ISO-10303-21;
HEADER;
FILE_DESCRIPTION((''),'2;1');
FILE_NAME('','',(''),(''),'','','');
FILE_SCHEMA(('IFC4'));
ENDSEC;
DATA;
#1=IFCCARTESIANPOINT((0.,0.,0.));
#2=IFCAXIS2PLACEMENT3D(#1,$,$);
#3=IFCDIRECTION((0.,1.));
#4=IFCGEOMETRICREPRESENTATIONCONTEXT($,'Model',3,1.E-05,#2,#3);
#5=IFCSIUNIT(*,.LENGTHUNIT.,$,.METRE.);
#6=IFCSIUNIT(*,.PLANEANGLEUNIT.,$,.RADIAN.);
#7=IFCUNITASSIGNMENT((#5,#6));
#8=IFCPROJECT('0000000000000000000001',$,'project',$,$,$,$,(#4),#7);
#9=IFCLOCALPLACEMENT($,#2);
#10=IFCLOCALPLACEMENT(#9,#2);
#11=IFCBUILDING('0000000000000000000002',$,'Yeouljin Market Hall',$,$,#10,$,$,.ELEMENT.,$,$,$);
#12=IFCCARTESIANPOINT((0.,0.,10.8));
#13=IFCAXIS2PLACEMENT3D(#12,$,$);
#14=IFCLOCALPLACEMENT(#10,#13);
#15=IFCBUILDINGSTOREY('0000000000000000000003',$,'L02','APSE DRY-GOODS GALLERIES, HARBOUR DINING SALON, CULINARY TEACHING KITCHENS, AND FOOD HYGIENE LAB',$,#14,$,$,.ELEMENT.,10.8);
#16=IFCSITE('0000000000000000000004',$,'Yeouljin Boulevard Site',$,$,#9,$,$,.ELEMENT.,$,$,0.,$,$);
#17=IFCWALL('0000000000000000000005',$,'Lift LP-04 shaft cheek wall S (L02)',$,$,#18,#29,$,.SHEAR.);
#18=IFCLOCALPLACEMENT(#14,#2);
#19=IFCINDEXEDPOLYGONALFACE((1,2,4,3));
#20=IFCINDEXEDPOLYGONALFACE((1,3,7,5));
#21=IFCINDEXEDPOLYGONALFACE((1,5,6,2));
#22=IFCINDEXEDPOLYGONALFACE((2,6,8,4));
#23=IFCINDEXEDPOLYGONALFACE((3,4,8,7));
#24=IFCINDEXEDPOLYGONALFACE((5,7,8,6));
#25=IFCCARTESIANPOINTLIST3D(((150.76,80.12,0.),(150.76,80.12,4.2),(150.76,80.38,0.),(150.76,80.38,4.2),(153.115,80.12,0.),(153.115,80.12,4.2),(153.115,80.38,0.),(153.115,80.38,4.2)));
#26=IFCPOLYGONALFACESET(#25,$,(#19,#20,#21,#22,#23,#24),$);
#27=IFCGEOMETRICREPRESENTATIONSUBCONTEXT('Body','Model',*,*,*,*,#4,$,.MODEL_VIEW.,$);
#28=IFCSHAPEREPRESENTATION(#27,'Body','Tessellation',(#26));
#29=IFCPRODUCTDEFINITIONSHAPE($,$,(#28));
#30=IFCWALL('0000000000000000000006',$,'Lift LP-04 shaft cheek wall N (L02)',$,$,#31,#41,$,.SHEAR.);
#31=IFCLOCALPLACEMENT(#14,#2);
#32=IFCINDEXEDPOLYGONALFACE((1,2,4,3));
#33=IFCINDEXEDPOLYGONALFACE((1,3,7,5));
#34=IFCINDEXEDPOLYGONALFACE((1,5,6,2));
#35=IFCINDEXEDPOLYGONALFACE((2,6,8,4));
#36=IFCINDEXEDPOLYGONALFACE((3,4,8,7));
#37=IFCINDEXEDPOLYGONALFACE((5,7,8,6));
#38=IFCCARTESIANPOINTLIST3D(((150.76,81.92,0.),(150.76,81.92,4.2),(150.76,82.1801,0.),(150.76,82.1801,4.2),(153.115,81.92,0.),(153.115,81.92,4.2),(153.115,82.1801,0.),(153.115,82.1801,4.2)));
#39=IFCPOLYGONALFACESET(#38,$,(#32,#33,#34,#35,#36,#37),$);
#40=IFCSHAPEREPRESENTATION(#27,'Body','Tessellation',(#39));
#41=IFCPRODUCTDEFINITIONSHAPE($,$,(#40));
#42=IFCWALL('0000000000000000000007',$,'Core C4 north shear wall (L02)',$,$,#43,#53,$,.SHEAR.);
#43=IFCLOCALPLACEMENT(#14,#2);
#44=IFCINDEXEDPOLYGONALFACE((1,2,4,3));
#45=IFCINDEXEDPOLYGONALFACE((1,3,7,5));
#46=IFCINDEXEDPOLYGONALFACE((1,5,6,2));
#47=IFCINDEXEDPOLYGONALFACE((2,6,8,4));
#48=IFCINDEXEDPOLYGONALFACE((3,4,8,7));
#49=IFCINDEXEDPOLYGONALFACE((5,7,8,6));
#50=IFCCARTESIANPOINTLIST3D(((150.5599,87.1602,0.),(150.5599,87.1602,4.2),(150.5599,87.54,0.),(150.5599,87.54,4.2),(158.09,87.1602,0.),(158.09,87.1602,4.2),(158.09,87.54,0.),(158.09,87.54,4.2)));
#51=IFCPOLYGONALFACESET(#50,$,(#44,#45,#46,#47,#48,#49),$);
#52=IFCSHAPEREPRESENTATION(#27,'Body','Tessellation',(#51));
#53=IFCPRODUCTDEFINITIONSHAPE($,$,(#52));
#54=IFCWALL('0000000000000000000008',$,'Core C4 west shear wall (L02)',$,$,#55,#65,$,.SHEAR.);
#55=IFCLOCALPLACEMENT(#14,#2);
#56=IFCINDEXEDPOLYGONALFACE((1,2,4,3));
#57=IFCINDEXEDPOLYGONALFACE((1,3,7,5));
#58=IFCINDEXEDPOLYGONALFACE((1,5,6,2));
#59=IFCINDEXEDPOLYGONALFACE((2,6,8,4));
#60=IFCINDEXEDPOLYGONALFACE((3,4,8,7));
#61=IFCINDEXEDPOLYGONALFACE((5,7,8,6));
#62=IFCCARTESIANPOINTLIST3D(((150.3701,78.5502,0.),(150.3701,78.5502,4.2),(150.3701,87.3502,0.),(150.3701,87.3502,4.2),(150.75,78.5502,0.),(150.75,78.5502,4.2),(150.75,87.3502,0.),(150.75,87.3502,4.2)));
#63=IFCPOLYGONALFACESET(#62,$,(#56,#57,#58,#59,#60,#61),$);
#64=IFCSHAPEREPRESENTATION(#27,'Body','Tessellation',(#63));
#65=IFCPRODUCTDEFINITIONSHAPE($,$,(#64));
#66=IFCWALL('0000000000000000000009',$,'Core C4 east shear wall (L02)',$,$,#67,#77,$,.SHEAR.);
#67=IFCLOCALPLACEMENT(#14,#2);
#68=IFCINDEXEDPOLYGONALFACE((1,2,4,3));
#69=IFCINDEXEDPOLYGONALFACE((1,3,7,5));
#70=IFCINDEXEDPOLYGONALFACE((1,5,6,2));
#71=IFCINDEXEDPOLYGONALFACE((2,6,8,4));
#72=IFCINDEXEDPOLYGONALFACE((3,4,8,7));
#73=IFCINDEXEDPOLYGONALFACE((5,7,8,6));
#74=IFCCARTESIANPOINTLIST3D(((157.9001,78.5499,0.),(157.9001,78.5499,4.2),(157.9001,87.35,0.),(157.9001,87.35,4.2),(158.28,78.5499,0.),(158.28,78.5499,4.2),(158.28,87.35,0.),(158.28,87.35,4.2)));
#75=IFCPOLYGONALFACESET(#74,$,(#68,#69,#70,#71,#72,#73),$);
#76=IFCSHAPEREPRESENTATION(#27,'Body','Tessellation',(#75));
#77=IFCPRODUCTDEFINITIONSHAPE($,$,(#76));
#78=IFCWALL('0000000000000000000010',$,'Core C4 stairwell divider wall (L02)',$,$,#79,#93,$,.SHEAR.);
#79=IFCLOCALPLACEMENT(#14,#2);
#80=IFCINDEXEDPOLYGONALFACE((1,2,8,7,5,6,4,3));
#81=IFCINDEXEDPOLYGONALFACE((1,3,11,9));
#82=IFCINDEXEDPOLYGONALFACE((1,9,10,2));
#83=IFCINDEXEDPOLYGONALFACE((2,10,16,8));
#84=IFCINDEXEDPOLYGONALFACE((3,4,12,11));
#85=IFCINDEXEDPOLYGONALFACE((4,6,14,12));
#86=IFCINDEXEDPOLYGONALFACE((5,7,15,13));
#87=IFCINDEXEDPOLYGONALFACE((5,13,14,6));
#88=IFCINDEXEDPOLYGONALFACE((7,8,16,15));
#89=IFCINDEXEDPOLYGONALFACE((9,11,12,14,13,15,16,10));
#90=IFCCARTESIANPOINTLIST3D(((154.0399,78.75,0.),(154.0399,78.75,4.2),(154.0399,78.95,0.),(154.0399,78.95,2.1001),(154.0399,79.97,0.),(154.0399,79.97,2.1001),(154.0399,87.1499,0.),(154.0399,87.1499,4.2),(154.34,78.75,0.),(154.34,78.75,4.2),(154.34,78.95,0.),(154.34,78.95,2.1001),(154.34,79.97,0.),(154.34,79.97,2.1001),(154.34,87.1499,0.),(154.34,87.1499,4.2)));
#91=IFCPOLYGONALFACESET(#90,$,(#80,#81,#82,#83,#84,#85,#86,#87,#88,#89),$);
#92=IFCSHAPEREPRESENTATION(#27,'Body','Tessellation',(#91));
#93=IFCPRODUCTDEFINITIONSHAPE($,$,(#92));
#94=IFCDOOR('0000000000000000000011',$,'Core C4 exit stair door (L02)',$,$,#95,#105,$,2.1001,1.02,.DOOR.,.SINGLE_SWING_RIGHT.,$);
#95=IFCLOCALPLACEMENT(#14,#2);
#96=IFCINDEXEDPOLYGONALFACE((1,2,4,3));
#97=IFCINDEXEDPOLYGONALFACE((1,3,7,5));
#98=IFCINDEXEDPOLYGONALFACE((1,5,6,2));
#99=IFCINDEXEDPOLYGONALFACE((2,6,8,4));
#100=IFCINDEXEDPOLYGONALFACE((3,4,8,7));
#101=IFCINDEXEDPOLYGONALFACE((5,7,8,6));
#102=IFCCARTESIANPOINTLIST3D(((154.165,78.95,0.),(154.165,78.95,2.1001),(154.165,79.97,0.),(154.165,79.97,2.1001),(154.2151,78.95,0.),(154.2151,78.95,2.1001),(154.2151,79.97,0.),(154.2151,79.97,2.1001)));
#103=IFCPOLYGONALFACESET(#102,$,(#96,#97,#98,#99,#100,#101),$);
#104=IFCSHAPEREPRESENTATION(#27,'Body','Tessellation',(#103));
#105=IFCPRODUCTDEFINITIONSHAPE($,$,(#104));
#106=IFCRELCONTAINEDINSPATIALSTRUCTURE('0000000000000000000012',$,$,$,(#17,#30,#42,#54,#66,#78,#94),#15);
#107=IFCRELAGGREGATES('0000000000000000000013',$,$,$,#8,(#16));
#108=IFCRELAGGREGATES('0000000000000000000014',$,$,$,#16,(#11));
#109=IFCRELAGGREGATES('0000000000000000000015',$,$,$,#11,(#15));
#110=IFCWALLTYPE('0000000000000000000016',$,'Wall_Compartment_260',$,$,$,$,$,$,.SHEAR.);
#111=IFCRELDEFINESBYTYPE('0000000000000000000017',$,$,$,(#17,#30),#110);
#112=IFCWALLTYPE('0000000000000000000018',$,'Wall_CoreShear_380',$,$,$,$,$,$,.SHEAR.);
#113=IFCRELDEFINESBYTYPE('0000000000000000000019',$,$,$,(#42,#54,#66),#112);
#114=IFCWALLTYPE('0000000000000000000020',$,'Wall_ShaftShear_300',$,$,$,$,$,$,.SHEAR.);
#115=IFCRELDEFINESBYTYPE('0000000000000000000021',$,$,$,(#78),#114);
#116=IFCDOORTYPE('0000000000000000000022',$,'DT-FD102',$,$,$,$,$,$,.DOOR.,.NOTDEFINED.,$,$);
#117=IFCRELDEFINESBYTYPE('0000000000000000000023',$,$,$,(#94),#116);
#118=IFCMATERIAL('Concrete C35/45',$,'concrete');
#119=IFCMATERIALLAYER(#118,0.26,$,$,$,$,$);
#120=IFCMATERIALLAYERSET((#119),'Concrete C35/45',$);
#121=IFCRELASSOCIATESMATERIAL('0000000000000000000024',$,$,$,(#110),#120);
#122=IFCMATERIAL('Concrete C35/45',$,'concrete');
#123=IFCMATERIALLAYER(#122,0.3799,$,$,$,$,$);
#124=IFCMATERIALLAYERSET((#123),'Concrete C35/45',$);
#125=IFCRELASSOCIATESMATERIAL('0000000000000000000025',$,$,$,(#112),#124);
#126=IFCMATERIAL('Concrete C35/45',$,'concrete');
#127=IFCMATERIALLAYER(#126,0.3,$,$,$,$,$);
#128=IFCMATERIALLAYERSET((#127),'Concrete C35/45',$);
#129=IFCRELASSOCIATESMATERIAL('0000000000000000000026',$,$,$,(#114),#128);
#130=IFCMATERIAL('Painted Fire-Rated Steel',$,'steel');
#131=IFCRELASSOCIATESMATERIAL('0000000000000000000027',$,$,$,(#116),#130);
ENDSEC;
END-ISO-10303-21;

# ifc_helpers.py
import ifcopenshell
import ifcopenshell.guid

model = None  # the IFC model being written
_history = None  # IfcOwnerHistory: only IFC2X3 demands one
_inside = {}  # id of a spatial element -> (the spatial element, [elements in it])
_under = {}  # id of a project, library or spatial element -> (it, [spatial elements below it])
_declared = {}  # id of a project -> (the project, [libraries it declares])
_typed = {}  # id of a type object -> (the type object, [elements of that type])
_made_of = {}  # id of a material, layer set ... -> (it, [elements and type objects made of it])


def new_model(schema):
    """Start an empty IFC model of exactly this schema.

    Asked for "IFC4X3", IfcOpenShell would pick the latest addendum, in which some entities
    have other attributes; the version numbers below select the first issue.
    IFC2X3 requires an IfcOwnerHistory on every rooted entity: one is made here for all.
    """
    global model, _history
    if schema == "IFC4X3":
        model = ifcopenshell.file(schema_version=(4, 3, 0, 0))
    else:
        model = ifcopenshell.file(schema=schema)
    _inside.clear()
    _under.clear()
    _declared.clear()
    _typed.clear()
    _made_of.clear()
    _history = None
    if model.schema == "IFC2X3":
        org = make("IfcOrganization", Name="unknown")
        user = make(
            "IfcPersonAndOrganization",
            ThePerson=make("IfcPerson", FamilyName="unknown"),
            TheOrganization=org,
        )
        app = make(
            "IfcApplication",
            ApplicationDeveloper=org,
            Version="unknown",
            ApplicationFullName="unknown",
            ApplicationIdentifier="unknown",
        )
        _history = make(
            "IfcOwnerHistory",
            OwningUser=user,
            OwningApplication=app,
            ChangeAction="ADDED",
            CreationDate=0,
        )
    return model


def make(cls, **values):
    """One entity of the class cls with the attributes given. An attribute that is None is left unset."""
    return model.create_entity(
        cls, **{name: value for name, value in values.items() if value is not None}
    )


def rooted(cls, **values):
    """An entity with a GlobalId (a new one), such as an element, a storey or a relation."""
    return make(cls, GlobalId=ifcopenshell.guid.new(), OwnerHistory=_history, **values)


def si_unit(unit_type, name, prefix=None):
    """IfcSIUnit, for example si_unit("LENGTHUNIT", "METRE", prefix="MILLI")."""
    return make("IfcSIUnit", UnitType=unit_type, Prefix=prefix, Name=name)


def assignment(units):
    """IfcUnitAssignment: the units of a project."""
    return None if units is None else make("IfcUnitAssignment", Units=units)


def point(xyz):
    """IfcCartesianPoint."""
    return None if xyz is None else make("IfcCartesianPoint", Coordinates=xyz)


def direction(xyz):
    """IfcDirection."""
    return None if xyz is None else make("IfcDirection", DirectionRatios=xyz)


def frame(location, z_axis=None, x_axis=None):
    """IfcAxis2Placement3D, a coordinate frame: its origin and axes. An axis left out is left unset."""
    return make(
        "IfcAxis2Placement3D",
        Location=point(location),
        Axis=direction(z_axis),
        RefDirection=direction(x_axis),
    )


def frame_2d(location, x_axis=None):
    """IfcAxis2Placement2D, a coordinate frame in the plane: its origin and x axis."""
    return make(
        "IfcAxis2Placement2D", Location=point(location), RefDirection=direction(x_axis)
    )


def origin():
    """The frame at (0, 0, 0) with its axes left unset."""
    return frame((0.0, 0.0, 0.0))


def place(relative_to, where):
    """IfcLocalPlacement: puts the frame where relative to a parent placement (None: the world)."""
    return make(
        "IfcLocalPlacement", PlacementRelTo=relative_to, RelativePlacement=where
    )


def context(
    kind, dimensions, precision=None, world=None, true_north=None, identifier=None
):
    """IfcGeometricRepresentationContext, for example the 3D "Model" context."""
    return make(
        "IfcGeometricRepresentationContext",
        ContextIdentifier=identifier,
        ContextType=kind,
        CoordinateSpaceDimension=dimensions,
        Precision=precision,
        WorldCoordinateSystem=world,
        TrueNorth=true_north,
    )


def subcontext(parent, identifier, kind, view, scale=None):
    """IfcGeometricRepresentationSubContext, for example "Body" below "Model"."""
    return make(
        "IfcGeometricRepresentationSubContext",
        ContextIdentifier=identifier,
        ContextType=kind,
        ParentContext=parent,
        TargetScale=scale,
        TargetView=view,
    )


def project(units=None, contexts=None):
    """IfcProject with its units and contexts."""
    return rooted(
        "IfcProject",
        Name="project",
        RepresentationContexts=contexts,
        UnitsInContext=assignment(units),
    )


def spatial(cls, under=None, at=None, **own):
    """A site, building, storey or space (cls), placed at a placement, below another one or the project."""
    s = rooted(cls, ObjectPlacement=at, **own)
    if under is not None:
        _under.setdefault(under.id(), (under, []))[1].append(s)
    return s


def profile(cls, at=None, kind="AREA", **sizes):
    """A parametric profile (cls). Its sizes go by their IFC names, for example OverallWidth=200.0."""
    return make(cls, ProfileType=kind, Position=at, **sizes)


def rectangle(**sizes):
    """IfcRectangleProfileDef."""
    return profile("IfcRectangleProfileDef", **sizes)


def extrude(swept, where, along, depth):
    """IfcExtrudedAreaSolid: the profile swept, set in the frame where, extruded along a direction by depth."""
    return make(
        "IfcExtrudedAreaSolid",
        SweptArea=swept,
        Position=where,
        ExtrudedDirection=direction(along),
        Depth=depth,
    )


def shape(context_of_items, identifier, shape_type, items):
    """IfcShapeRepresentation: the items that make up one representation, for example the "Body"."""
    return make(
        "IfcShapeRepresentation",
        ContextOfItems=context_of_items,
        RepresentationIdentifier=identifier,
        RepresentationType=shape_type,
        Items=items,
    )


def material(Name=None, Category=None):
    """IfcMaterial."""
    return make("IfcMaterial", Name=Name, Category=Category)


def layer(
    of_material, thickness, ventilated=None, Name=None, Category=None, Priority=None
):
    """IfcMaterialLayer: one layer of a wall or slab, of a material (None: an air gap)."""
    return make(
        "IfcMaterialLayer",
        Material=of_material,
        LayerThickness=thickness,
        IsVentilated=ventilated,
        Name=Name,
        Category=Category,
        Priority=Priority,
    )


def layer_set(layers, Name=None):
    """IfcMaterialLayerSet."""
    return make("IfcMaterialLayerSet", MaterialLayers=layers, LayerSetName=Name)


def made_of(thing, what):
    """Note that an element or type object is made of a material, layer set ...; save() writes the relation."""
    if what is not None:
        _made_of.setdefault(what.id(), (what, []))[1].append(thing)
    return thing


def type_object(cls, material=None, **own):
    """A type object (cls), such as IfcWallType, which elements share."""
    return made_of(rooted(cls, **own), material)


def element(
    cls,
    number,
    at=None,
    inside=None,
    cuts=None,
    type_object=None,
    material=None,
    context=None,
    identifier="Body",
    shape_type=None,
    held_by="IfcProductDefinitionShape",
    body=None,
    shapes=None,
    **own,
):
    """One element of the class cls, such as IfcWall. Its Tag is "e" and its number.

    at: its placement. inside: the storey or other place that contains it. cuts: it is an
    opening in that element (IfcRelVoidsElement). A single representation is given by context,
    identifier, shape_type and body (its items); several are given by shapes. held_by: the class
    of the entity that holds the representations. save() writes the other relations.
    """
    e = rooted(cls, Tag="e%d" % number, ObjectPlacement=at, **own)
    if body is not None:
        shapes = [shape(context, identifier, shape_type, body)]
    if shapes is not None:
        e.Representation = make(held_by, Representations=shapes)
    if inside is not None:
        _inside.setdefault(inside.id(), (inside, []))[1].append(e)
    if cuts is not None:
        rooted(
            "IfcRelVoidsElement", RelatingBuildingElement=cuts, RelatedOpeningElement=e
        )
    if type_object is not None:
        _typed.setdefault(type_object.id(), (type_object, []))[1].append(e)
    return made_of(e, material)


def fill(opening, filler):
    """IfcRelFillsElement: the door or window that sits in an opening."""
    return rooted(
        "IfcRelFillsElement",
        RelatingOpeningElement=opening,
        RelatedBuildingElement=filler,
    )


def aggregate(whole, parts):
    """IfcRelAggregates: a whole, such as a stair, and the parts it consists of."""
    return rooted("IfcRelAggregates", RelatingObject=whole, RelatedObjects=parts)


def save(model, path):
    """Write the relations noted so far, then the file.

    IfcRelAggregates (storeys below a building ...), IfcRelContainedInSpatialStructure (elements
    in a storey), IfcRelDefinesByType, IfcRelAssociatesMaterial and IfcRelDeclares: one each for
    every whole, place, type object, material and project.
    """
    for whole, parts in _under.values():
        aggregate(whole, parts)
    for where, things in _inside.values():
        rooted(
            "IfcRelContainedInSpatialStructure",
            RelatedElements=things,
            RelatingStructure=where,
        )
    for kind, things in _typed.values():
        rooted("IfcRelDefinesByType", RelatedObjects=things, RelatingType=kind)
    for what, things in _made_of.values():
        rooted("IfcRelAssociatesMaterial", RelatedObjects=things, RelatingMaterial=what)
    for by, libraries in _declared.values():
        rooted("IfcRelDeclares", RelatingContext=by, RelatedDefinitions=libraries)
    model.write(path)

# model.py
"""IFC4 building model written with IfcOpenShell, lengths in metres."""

from ifc_helpers import new_model, si_unit, direction, frame, frame_2d, origin, place, context, subcontext, project, spatial, rectangle, extrude, material, layer, layer_set, type_object, element, fill, save


model = new_model("IFC4")

# Units and contexts
model_context = context("Model", 3, precision=1e-05, world=origin(), true_north=direction((0.0, 1.0)))
body_context = subcontext(model_context, "Body", "Model", "MODEL_VIEW")
ifc_project = project(units=[si_unit("LENGTHUNIT", "METRE"), si_unit("PLANEANGLEUNIT", "RADIAN")], contexts=[model_context])

# Site, building, storey
site_placement = place(None, origin())
site = spatial("IfcSite", under=ifc_project, at=site_placement, Name="Yeouljin Boulevard Site", CompositionType="ELEMENT", RefElevation=0.0)
building_placement = place(site_placement, origin())
building = spatial("IfcBuilding", under=site, at=building_placement, Name="Yeouljin Market Hall", CompositionType="ELEMENT")
storey_placement = place(building_placement, frame((0.0, 0.0, 10.8)))
storey = spatial("IfcBuildingStorey", under=building, at=storey_placement, Name="L02", Description="APSE DRY-GOODS GALLERIES, HARBOUR DINING SALON, CULINARY TEACHING KITCHENS, AND FOOD HYGIENE LAB", CompositionType="ELEMENT", Elevation=10.8)

# Shared definitions
ifc_material_1 = material(Name="Concrete C35/45", Category="concrete")
ifc_layer_1 = layer(ifc_material_1, 0.26)
ifc_layer_set_1 = layer_set([ifc_layer_1], Name="Concrete C35/45")
wall_type_1 = type_object("IfcWallType", Name="Wall_Compartment_260", PredefinedType="SHEAR", material=ifc_layer_set_1)

# Walls
for number, where, z_axis, x_axis, name in (
    (1, (150.76, 80.25, 0.0), (0.0, 0.0, 1.0), (1.0, 0.0, 0.0), "Lift LP-04 shaft cheek wall S (L02)"),
    (2, (150.76, 82.05, 0.0), (0.0, 0.0, 1.0), (1.0, 0.0, 0.0), "Lift LP-04 shaft cheek wall N (L02)"),
):
    element("IfcWall", number, at=place(storey_placement, frame(where, z_axis=z_axis, x_axis=x_axis)), inside=storey, type_object=wall_type_1, Name=name, PredefinedType="SHEAR", context=body_context, shape_type="SweptSolid", body=[
        extrude(rectangle(XDim=2.355, YDim=0.26, at=frame_2d((1.1775, 0.0))), origin(), (0.0, 0.0, 1.0), 4.2),
    ])

# Shared definitions
ifc_material_2 = material(Name="Concrete C35/45", Category="concrete")
ifc_layer_2 = layer(ifc_material_2, 0.3799)
ifc_layer_set_2 = layer_set([ifc_layer_2], Name="Concrete C35/45")
wall_type_2 = type_object("IfcWallType", Name="Wall_CoreShear_380", PredefinedType="SHEAR", material=ifc_layer_set_2)

# Walls
wall_1_placement = place(storey_placement, frame((158.0901, 87.3501, 0.0), z_axis=(0.0, 0.0, 1.0), x_axis=(-1.0, 0.0, 0.0)))
element("IfcWall", 3, at=wall_1_placement, inside=storey, type_object=wall_type_2, Name="Core C4 north shear wall (L02)", PredefinedType="SHEAR", context=body_context, shape_type="SweptSolid", body=[
    extrude(rectangle(XDim=7.53, YDim=0.3799, at=frame_2d((3.7651, 0.0))), origin(), (0.0, 0.0, 1.0), 4.2),
])
for number, where, z_axis, x_axis, name in (
    (4, (150.5601, 87.3501, 0.0), (0.0, 0.0, 1.0), (0.0, -1.0, 0.0), "Core C4 west shear wall (L02)"),
    (5, (158.0901, 78.55, 0.0), (0.0, 0.0, 1.0), (0.0, 1.0, 0.0), "Core C4 east shear wall (L02)"),
):
    element("IfcWall", number, at=place(storey_placement, frame(where, z_axis=z_axis, x_axis=x_axis)), inside=storey, type_object=wall_type_2, Name=name, PredefinedType="SHEAR", context=body_context, shape_type="SweptSolid", body=[
        extrude(rectangle(XDim=8.8, YDim=0.3799, at=frame_2d((4.3999, 0.0))), origin(), (0.0, 0.0, 1.0), 4.2),
    ])

# Wall, opening, door
ifc_material_3 = material(Name="Concrete C35/45", Category="concrete")
ifc_layer_3 = layer(ifc_material_3, 0.3)
ifc_layer_set_3 = layer_set([ifc_layer_3], Name="Concrete C35/45")
wall_type_3 = type_object("IfcWallType", Name="Wall_ShaftShear_300", PredefinedType="SHEAR", material=ifc_layer_set_3)
wall_2_placement = place(storey_placement, frame((154.1899, 78.75, 0.0), z_axis=(0.0, 0.0, 1.0), x_axis=(0.0, 1.0, 0.0)))
wall_2 = element("IfcWall", 6, at=wall_2_placement, inside=storey, type_object=wall_type_3, Name="Core C4 stairwell divider wall (L02)", PredefinedType="SHEAR", context=body_context, shape_type="SweptSolid", body=[
    extrude(rectangle(XDim=8.3999, YDim=0.3, at=frame_2d((4.2, 0.0))), origin(), (0.0, 0.0, 1.0), 4.2),
])
opening_1_placement = place(wall_2_placement, frame((0.2, 0.0, 0.0)))
opening_1 = element("IfcOpeningElement", 7, at=opening_1_placement, cuts=wall_2, PredefinedType="OPENING", context=body_context, shape_type="SweptSolid", body=[
    extrude(rectangle(XDim=1.02, YDim=2.1001, at=frame_2d((0.51, 1.05))), frame((0.0, 0.1599, 0.0), z_axis=(0.0, -1.0, 0.0), x_axis=(1.0, 0.0, 0.0)), (0.0, 0.0, 1.0), 0.3201),
])
ifc_material_4 = material(Name="Painted Fire-Rated Steel", Category="steel")
door_type_1 = type_object("IfcDoorType", Name="DT-FD102", OperationType="NOTDEFINED", PredefinedType="DOOR", material=ifc_material_4)
door_1_placement = place(opening_1_placement, origin())
door_1 = element("IfcDoor", 8, at=door_1_placement, inside=storey, type_object=door_type_1, Name="Core C4 exit stair door (L02)", OperationType="SINGLE_SWING_RIGHT", OverallHeight=2.1001, OverallWidth=1.02, PredefinedType="DOOR", context=body_context, shape_type="SweptSolid", body=[
    extrude(rectangle(XDim=1.02, YDim=2.1001, at=frame_2d((0.51, 1.05))), frame((0.0, 0.0249, 0.0), z_axis=(0.0, -1.0, 0.0), x_axis=(1.0, 0.0, 0.0)), (0.0, 0.0, 1.0), 0.05),
])
fill(opening_1, door_1)

save(model, "model.ifc")
